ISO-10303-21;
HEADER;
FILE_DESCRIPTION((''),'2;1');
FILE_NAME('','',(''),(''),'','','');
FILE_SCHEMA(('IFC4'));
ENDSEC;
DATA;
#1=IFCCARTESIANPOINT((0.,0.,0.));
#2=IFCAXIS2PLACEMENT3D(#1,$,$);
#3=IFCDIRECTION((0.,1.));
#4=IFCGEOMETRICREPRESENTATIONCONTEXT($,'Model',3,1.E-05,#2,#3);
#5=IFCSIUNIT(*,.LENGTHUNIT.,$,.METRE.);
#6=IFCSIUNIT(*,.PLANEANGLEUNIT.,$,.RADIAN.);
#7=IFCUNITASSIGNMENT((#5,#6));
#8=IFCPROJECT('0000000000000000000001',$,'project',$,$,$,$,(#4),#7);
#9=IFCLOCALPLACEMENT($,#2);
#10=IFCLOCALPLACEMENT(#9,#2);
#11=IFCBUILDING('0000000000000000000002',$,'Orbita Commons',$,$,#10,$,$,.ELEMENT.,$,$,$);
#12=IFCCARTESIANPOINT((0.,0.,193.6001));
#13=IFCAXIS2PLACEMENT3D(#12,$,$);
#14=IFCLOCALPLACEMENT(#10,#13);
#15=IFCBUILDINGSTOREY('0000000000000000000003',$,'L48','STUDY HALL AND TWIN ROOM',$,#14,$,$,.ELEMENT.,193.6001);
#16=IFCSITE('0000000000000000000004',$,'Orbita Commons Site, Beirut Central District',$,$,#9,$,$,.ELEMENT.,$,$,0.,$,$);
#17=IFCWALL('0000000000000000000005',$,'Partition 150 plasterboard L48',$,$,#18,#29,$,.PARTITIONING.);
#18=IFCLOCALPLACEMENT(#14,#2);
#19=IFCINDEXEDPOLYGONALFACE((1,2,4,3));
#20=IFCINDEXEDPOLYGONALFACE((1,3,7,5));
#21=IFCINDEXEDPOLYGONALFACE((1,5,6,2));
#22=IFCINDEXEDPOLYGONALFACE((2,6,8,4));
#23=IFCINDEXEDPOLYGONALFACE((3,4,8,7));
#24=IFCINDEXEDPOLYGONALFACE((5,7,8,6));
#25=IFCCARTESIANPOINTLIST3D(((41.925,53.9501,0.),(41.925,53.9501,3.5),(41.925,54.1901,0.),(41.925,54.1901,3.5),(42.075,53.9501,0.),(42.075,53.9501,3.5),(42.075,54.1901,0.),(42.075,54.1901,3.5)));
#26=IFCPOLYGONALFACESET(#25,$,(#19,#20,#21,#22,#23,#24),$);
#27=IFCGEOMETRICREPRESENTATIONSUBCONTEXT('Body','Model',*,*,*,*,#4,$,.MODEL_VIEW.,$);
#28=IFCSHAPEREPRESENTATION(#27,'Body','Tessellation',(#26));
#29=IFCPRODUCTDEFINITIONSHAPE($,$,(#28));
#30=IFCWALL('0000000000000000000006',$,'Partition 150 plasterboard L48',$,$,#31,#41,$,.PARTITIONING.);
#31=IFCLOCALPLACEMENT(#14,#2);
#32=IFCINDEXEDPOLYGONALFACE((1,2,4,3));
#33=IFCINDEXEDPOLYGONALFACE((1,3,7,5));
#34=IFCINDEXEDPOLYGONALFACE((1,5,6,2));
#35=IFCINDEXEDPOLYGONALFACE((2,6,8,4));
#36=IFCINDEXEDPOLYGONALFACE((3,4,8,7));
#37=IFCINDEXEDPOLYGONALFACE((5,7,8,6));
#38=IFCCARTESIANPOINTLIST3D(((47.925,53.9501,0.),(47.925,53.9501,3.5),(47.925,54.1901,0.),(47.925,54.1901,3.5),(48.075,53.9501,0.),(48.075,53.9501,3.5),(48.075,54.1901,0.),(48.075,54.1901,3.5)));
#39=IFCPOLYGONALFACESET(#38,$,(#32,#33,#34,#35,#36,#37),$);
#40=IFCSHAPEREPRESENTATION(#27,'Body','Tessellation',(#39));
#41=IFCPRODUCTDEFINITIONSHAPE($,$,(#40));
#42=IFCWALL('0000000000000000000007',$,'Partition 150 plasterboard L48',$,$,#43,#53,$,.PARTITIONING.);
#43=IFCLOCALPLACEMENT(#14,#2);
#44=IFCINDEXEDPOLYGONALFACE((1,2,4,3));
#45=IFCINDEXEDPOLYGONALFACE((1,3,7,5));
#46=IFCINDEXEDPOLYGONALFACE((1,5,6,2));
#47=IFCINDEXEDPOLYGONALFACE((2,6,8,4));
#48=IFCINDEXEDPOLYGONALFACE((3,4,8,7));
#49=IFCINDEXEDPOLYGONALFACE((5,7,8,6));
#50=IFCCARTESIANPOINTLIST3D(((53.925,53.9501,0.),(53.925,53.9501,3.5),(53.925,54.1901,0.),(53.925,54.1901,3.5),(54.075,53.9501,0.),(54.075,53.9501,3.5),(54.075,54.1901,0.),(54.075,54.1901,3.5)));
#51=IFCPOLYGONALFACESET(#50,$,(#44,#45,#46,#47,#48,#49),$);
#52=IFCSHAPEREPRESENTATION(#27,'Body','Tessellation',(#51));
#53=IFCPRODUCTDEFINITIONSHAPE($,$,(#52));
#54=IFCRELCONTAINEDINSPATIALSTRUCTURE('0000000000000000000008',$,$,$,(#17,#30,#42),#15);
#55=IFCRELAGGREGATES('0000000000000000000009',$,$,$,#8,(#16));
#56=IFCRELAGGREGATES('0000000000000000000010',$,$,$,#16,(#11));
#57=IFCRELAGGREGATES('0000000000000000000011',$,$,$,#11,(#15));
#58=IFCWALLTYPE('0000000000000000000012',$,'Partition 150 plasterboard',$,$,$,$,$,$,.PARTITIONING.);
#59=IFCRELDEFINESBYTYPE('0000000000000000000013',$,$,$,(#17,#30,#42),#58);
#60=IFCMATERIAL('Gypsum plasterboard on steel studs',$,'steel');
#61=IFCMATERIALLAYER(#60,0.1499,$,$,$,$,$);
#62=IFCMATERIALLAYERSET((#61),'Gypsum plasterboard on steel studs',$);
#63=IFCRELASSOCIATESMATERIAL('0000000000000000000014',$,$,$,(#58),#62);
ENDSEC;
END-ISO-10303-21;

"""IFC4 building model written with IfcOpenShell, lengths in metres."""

from ifc_helpers import new_model, si_unit, direction, frame, frame_2d, origin, place, context, subcontext, project, spatial, rectangle, extrude, material, layer, layer_set, type_object, element, save


model = new_model("IFC4")

# Units and contexts
model_context = context("Model", 3, precision=1e-05, world=origin(), true_north=direction((0.0, 1.0)))
body_context = subcontext(model_context, "Body", "Model", "MODEL_VIEW")
ifc_project = project(units=[si_unit("LENGTHUNIT", "METRE"), si_unit("PLANEANGLEUNIT", "RADIAN")], contexts=[model_context])

# Site, building, storey
site_placement = place(None, origin())
site = spatial("IfcSite", under=ifc_project, at=site_placement, Name="Orbita Commons Site, Beirut Central District", CompositionType="ELEMENT", RefElevation=0.0)
building_placement = place(site_placement, origin())
building = spatial("IfcBuilding", under=site, at=building_placement, Name="Orbita Commons", CompositionType="ELEMENT")
storey_placement = place(building_placement, frame((0.0, 0.0, 193.6001)))
storey = spatial("IfcBuildingStorey", under=building, at=storey_placement, Name="L48", Description="STUDY HALL AND TWIN ROOM", CompositionType="ELEMENT", Elevation=193.6001)

# Walls
ifc_material_1 = material(Name="Gypsum plasterboard on steel studs", Category="steel")
ifc_layer_1 = layer(ifc_material_1, 0.1499)
ifc_layer_set_1 = layer_set([ifc_layer_1], Name="Gypsum plasterboard on steel studs")
wall_type_1 = type_object("IfcWallType", Name="Partition 150 plasterboard", PredefinedType="PARTITIONING", material=ifc_layer_set_1)
for number, where, z_axis, x_axis, name in (
    (1, (42.0, 53.95, 0.0), (0.0, 0.0, 1.0), (0.0, 1.0, 0.0), "Partition 150 plasterboard L48"),
    (2, (48.0, 53.95, 0.0), (0.0, 0.0, 1.0), (0.0, 1.0, 0.0), "Partition 150 plasterboard L48"),
    (3, (54.0, 53.95, 0.0), (0.0, 0.0, 1.0), (0.0, 1.0, 0.0), "Partition 150 plasterboard L48"),
):
    element("IfcWall", number, at=place(storey_placement, frame(where, z_axis=z_axis, x_axis=x_axis)), inside=storey, type_object=wall_type_1, Name=name, PredefinedType="PARTITIONING", context=body_context, shape_type="SweptSolid", body=[
        extrude(rectangle(XDim=0.24, YDim=0.1499, at=frame_2d((0.1201, 0.0))), origin(), (0.0, 0.0, 1.0), 3.5),
    ])

save(model, "model.ifc")
